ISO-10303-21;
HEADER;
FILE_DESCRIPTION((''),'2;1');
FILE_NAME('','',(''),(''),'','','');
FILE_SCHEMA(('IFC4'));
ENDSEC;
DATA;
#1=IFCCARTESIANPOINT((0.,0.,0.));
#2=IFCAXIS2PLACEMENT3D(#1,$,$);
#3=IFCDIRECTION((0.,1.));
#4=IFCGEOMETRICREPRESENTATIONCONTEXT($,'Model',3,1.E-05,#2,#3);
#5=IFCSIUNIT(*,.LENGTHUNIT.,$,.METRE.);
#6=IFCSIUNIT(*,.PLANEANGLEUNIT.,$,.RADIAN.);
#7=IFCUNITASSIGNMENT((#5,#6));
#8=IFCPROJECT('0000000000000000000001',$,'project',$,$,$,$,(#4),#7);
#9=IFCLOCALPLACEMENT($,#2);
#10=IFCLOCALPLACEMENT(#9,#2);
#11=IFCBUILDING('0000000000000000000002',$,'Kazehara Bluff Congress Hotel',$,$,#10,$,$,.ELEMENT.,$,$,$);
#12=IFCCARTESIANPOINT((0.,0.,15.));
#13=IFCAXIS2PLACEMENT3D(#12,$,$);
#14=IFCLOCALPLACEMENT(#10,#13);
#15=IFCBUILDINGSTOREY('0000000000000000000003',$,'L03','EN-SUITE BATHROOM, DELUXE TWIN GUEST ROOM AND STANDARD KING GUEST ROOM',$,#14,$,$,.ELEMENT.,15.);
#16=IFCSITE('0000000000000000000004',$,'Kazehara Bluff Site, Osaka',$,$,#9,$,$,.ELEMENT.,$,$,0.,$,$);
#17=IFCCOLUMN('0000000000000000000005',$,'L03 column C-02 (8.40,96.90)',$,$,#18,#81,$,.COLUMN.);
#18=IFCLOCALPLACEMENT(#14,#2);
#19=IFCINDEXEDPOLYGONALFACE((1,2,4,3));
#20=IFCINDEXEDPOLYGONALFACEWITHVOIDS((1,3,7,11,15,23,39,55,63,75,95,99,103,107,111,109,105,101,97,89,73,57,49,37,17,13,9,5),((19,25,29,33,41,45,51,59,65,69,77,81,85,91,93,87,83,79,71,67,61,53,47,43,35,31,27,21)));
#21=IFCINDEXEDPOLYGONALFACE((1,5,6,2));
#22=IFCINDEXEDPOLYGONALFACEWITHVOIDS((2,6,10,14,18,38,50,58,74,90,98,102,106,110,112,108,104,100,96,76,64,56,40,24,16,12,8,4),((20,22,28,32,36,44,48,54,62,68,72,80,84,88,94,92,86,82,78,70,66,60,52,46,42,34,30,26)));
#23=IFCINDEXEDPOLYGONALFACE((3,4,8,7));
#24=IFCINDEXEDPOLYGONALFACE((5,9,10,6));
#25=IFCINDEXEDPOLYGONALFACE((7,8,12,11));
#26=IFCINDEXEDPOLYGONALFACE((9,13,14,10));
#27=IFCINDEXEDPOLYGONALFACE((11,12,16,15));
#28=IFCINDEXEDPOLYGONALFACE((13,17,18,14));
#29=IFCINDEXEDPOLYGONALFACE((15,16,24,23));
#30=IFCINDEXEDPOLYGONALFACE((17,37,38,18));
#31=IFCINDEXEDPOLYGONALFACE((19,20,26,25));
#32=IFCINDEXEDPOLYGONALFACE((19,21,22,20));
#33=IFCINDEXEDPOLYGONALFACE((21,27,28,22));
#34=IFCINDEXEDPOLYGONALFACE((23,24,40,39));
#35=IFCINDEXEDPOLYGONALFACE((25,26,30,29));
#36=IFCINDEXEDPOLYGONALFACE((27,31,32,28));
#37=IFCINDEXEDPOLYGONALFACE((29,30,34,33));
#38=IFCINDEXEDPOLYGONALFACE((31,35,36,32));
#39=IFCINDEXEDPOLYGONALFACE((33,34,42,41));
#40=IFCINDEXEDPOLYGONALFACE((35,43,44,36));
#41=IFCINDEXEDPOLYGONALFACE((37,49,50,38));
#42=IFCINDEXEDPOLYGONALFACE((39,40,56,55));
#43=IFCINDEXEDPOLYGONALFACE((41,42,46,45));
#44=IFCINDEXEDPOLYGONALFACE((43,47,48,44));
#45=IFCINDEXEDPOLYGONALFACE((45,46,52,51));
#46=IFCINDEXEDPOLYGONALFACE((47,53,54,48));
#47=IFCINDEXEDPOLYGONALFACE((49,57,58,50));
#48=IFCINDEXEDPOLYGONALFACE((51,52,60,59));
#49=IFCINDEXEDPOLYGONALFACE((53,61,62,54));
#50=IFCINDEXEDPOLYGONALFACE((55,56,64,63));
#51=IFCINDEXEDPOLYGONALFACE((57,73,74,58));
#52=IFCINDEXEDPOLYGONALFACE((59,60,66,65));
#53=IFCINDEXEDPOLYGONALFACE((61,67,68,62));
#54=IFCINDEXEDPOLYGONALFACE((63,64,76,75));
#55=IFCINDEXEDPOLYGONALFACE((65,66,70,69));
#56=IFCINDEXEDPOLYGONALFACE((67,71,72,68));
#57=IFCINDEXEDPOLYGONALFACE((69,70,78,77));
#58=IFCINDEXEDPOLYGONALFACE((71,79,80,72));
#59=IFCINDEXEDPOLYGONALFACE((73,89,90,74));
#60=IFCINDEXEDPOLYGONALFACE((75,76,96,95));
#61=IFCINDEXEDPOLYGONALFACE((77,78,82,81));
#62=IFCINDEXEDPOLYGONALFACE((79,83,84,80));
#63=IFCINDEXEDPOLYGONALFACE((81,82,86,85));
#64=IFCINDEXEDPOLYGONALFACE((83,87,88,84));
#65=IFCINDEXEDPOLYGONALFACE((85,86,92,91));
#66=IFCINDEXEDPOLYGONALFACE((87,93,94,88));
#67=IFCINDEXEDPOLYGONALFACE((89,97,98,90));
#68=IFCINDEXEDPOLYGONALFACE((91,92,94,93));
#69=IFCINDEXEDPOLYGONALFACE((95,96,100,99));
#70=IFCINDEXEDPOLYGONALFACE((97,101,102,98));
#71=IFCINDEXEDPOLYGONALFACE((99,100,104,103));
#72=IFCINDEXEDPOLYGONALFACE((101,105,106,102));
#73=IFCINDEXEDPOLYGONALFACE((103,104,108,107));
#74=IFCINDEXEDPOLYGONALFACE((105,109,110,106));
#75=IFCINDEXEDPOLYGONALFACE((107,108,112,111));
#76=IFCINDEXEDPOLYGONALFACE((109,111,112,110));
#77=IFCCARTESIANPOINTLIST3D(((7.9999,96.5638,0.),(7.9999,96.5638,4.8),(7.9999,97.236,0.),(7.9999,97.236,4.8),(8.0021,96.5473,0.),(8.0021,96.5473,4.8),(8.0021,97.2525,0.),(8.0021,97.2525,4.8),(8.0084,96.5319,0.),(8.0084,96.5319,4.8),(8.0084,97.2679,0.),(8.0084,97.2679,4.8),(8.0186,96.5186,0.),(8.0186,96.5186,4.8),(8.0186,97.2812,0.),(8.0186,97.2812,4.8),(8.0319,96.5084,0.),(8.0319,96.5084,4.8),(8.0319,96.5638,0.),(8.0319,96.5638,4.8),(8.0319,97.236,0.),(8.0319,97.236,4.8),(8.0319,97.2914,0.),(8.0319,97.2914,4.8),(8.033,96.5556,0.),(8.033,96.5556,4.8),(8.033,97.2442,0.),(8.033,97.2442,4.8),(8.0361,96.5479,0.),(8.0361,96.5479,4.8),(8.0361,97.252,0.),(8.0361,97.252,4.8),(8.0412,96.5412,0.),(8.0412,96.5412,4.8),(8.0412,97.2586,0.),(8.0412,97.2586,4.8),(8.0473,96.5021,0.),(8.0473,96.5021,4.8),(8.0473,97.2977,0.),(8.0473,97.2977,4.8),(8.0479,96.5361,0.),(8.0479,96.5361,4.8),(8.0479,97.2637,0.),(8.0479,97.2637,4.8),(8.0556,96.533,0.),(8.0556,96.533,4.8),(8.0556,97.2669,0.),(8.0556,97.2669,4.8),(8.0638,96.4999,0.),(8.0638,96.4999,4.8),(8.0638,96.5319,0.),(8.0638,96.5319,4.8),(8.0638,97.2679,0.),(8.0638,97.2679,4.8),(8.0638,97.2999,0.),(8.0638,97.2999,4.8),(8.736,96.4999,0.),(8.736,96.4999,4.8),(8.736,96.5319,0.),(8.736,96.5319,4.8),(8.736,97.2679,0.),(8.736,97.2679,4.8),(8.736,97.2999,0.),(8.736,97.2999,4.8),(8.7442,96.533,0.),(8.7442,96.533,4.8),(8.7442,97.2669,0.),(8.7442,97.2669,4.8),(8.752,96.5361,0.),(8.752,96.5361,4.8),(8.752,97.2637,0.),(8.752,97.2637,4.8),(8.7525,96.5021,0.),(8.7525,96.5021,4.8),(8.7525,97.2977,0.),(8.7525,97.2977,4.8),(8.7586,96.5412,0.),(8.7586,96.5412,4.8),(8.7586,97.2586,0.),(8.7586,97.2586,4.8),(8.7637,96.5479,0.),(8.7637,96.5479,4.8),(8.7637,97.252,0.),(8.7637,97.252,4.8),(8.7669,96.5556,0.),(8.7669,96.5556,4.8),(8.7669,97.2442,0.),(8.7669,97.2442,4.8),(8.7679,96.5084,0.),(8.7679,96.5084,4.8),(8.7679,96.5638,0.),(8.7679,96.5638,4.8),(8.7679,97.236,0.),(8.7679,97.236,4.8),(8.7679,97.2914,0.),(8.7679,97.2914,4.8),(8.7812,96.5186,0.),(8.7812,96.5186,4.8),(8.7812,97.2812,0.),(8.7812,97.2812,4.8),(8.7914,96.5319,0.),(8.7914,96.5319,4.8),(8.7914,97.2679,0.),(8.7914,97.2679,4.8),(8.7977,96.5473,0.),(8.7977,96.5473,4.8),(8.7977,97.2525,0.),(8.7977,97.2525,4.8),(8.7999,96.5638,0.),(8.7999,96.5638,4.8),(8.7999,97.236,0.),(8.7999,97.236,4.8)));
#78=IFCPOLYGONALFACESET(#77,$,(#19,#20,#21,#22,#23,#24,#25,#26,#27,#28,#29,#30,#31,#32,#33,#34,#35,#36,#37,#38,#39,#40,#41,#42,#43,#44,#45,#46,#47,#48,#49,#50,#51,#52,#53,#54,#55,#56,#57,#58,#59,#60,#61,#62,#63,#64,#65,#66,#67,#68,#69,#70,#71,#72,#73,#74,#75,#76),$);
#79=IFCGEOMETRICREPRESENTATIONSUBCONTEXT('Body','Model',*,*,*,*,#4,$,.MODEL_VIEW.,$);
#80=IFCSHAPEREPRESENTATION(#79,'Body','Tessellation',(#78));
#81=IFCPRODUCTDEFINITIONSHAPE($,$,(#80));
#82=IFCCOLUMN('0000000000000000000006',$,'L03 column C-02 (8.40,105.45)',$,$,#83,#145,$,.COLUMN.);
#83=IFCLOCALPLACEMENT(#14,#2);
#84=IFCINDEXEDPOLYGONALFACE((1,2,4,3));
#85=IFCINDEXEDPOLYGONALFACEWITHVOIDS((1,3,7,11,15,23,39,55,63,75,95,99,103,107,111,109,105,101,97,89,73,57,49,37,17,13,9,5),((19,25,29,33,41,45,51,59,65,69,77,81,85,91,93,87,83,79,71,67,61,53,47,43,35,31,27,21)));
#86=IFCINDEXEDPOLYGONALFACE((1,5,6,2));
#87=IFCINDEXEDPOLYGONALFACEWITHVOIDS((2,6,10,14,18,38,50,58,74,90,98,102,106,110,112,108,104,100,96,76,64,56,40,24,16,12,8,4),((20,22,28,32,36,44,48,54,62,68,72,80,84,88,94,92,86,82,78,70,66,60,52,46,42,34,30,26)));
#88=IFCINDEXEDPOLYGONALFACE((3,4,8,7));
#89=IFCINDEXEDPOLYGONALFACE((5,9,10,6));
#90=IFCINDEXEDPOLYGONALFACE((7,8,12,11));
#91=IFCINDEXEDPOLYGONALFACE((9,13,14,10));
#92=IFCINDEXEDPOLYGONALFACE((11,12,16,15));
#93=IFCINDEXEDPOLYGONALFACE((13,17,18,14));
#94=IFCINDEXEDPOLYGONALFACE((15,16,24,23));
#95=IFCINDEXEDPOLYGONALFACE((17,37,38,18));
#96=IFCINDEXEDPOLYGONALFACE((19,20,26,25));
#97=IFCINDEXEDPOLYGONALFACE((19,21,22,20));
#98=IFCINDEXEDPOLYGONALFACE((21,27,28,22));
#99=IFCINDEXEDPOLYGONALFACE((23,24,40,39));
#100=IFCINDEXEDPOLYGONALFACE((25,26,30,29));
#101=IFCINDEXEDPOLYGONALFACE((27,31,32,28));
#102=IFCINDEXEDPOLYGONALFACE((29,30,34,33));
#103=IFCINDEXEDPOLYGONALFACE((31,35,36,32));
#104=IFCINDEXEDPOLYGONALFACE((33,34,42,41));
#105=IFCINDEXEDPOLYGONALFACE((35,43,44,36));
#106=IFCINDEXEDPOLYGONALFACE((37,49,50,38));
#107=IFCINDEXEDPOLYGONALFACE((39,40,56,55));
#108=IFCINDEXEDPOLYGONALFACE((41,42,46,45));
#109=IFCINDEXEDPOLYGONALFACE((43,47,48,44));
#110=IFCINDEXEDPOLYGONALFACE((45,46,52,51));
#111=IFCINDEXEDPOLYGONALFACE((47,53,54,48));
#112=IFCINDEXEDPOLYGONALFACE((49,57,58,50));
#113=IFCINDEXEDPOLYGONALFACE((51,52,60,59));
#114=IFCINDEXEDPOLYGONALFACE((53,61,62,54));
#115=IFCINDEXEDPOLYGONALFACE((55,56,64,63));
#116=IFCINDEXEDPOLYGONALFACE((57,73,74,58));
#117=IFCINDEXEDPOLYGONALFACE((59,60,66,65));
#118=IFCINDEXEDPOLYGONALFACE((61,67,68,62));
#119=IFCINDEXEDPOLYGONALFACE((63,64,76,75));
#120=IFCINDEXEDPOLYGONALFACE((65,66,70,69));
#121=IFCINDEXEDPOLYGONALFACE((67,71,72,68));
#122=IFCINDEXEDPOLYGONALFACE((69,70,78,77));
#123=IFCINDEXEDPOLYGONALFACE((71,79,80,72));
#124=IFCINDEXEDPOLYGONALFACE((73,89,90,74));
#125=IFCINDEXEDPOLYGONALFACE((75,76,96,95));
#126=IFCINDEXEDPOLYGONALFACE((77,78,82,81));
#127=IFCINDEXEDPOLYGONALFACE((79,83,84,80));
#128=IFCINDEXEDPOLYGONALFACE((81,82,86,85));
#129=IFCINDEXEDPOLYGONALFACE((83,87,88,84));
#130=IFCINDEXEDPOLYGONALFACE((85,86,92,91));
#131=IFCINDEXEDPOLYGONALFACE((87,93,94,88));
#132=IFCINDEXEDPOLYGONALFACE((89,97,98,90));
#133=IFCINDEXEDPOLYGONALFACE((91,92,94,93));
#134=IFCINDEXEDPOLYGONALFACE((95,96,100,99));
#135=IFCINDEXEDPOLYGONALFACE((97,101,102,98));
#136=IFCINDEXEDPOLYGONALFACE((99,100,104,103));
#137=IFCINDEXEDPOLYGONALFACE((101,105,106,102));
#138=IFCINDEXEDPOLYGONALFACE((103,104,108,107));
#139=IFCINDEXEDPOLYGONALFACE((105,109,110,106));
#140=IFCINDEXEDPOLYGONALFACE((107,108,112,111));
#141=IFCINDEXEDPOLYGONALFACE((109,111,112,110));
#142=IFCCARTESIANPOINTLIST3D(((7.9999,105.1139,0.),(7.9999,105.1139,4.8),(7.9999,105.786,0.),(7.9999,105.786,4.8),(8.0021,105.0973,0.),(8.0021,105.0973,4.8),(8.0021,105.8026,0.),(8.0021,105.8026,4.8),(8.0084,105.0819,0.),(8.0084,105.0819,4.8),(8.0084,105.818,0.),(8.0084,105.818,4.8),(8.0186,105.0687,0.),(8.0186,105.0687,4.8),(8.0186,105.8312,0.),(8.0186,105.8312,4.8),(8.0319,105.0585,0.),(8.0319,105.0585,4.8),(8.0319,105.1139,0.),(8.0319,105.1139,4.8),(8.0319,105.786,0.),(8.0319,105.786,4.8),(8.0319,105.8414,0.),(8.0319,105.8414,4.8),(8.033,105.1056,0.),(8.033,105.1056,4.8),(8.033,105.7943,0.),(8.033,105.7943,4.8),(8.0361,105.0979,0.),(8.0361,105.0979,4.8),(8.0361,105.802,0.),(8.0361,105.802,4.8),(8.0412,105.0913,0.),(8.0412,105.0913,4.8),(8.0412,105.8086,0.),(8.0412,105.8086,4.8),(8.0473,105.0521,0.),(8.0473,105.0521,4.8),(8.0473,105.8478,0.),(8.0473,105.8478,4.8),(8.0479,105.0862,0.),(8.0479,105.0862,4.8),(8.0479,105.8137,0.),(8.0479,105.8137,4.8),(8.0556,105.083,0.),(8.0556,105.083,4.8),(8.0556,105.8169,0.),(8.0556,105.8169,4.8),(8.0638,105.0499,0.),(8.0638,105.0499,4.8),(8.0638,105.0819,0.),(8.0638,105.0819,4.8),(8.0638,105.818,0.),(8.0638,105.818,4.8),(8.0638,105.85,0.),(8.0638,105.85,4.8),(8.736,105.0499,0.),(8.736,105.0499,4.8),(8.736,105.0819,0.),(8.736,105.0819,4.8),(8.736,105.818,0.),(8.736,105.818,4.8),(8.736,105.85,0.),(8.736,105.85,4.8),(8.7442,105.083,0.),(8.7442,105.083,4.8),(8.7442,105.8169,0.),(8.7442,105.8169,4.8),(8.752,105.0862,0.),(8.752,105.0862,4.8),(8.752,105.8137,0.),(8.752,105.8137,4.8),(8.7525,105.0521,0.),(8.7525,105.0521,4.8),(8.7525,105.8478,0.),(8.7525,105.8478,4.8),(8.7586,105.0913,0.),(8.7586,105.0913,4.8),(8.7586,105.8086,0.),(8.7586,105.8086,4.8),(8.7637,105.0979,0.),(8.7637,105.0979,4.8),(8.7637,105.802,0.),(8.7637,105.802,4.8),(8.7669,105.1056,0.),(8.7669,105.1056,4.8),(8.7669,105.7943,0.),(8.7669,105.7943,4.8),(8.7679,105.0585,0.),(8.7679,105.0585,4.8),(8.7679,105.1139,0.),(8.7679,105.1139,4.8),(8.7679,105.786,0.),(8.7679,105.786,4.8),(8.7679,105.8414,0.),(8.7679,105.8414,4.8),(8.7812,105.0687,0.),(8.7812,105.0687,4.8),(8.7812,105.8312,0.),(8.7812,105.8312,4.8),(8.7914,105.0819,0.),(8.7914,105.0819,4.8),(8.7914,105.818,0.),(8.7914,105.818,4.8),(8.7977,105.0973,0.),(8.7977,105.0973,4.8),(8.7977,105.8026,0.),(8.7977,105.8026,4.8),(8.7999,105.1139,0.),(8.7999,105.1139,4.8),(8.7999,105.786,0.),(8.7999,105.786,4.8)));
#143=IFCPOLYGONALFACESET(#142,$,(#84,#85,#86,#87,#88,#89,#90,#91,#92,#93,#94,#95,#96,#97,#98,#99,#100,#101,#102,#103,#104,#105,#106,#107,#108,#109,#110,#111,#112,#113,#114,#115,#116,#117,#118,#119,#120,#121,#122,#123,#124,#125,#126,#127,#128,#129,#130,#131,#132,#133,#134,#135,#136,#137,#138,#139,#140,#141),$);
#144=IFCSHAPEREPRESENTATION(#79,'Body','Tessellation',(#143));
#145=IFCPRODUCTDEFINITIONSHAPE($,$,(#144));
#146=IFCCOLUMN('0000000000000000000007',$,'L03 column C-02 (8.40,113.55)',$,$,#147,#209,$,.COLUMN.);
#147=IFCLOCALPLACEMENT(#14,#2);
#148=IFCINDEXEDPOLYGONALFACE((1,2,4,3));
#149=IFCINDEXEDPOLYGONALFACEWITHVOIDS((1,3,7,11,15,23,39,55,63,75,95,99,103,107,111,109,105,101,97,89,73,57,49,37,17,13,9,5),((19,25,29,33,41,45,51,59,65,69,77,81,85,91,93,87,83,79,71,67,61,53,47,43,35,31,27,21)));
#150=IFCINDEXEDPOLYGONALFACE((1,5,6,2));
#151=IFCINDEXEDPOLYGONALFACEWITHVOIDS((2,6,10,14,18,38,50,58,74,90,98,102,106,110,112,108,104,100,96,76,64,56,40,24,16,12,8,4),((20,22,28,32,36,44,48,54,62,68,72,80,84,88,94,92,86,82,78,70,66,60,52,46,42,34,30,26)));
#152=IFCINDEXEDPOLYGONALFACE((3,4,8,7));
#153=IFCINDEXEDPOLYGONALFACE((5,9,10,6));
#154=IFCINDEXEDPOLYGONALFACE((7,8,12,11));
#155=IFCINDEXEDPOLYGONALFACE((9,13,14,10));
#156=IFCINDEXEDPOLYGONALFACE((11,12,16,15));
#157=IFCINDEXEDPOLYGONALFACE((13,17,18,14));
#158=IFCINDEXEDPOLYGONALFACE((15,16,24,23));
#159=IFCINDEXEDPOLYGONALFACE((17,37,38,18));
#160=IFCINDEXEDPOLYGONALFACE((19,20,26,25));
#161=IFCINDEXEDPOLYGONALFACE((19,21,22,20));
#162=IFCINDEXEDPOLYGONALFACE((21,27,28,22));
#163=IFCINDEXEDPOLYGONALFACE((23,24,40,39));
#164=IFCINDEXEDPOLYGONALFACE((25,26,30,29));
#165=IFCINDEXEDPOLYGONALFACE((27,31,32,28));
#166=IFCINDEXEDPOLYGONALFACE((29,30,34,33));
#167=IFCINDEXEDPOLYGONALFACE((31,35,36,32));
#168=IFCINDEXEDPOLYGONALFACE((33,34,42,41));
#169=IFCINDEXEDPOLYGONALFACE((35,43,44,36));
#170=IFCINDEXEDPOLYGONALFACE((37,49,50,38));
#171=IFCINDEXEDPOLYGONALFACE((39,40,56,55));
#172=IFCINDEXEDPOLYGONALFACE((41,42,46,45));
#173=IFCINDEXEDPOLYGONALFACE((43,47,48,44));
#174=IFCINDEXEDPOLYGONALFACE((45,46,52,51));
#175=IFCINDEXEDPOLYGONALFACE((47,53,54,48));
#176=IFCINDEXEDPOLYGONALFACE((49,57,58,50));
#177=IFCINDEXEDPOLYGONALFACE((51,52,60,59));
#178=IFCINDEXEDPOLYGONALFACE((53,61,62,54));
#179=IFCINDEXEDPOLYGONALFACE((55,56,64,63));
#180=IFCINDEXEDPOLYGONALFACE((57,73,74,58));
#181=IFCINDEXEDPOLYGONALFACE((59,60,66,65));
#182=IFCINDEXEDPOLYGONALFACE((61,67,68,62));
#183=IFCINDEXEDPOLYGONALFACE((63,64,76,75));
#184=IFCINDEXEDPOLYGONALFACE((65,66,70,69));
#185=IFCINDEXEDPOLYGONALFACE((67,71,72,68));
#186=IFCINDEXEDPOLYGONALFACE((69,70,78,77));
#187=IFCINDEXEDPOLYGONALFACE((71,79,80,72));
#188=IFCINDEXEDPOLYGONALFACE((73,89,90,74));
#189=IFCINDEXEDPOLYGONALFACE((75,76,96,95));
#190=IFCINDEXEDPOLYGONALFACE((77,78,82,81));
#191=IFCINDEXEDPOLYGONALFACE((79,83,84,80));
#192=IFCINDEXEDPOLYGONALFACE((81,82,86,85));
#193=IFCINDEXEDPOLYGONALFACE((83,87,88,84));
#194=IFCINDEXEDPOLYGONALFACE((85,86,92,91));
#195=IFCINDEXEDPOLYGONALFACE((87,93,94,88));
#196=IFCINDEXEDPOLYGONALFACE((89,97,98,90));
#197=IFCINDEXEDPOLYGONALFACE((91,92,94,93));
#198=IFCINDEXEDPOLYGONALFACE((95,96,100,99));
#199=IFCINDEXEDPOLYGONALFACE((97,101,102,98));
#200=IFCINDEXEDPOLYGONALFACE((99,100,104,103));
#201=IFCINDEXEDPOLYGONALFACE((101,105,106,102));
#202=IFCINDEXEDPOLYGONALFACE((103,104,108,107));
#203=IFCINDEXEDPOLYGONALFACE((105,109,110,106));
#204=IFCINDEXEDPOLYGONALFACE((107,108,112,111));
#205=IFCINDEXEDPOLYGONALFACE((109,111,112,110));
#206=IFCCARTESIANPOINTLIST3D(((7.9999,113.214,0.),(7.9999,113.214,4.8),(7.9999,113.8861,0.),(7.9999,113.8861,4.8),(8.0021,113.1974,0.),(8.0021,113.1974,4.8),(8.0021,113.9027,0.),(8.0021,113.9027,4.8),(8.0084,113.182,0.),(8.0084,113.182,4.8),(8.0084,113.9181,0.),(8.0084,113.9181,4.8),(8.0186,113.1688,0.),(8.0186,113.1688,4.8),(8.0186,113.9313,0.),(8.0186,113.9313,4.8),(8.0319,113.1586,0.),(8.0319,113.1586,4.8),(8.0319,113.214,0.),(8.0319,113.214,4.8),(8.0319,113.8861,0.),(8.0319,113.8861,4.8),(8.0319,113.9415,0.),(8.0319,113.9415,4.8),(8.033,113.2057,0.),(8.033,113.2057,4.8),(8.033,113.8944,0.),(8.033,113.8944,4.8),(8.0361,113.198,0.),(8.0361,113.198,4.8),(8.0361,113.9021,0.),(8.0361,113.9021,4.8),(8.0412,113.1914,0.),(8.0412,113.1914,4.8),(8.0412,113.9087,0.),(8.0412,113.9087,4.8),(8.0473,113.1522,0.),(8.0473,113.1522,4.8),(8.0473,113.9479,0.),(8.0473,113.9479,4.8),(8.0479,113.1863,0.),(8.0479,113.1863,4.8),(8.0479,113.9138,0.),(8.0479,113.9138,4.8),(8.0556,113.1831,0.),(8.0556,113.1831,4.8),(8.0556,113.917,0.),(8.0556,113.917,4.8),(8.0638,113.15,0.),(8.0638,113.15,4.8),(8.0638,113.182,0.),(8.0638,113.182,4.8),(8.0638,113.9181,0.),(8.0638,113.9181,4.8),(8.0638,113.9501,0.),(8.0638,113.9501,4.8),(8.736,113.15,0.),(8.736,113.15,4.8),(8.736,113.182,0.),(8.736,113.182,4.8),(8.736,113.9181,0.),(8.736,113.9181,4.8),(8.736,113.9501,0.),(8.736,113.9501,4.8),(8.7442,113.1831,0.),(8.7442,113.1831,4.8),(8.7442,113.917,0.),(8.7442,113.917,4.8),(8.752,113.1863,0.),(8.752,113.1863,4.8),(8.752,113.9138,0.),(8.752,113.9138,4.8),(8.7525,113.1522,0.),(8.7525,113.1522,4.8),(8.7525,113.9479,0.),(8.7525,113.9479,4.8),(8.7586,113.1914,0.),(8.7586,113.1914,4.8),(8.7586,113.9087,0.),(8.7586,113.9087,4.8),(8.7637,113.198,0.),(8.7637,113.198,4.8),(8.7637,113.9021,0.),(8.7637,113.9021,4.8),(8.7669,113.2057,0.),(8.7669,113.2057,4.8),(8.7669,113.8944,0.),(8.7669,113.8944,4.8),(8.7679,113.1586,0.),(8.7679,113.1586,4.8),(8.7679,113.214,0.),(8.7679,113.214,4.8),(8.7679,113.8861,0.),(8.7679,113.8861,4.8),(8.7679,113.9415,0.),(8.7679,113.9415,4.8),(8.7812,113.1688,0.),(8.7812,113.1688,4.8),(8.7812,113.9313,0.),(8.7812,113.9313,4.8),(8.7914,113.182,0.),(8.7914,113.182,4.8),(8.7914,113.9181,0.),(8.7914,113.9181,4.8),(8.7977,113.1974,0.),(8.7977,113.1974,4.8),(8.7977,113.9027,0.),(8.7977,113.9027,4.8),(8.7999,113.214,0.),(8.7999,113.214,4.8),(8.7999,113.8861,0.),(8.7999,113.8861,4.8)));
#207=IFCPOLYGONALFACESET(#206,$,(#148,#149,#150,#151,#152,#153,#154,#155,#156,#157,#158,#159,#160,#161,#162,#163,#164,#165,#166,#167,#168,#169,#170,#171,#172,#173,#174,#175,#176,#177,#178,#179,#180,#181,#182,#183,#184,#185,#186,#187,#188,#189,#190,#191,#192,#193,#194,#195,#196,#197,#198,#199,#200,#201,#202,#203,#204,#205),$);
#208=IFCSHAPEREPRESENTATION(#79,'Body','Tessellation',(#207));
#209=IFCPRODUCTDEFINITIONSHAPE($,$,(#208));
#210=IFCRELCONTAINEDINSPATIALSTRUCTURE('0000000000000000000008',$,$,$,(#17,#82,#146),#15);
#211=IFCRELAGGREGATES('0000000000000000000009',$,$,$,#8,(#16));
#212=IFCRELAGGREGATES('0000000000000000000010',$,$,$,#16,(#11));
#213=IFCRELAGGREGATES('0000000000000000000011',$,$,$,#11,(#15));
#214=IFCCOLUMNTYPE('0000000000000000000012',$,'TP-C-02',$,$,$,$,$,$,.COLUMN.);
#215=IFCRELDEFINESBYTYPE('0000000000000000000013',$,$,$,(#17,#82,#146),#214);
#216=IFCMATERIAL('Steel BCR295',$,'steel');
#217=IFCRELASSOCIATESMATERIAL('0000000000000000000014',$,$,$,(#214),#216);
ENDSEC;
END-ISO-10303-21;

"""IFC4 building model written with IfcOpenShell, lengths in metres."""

from ifc_helpers import new_model, si_unit, direction, frame, origin, origin_2d, place, context, subcontext, project, spatial, hollow_rectangle, extrude, material, material_profile, profile_set, type_object, element, save


model = new_model("IFC4")

# Units and contexts
model_context = context("Model", 3, precision=1e-05, world=origin(), true_north=direction((0.0, 1.0)))
body_context = subcontext(model_context, "Body", "Model", "MODEL_VIEW")
ifc_project = project(units=[si_unit("LENGTHUNIT", "METRE"), si_unit("PLANEANGLEUNIT", "RADIAN")], contexts=[model_context])

# Site, building, storey
site_placement = place(None, origin())
site = spatial("IfcSite", under=ifc_project, at=site_placement, Name="Kazehara Bluff Site, Osaka", CompositionType="ELEMENT", RefElevation=0.0)
building_placement = place(site_placement, origin())
building = spatial("IfcBuilding", under=site, at=building_placement, Name="Kazehara Bluff Congress Hotel", CompositionType="ELEMENT")
storey_placement = place(building_placement, frame((0.0, 0.0, 15.0)))
storey = spatial("IfcBuildingStorey", under=building, at=storey_placement, Name="L03", Description="EN-SUITE BATHROOM, DELUXE TWIN GUEST ROOM AND STANDARD KING GUEST ROOM", CompositionType="ELEMENT", Elevation=15.0)

# Columns
ifc_material_1 = material(Name="Steel BCR295", Category="steel")
ifc_material_profile_1 = material_profile(ifc_material_1, hollow_rectangle(XDim=0.8, YDim=0.8, WallThickness=0.032, InnerFilletRadius=0.032, OuterFilletRadius=0.064, at=origin_2d()))
ifc_profile_set_1 = profile_set([ifc_material_profile_1], Name="Steel BCR295")
column_type = type_object("IfcColumnType", Name="TP-C-02", PredefinedType="COLUMN", material=ifc_profile_set_1)
for number, where, z_axis, x_axis, name in (
    (1, (8.3999, 96.8999, 0.0), (0.0, 0.0, 1.0), (1.0, 0.0, 0.0), "L03 column C-02 (8.40,96.90)"),
    (2, (8.3999, 105.45, 0.0), (0.0, 0.0, 1.0), (1.0, 0.0, 0.0), "L03 column C-02 (8.40,105.45)"),
    (3, (8.3999, 113.55, 0.0), (0.0, 0.0, 1.0), (1.0, 0.0, 0.0), "L03 column C-02 (8.40,113.55)"),
):
    element("IfcColumn", number, at=place(storey_placement, frame(where, z_axis=z_axis, x_axis=x_axis)), inside=storey, type_object=column_type, Name=name, PredefinedType="COLUMN", context=body_context, shape_type="SweptSolid", body=[
        extrude(hollow_rectangle(XDim=0.8, YDim=0.8, WallThickness=0.032, InnerFilletRadius=0.032, OuterFilletRadius=0.064, at=origin_2d()), origin(), (0.0, 0.0, 1.0), 4.8),
    ])

save(model, "model.ifc")
